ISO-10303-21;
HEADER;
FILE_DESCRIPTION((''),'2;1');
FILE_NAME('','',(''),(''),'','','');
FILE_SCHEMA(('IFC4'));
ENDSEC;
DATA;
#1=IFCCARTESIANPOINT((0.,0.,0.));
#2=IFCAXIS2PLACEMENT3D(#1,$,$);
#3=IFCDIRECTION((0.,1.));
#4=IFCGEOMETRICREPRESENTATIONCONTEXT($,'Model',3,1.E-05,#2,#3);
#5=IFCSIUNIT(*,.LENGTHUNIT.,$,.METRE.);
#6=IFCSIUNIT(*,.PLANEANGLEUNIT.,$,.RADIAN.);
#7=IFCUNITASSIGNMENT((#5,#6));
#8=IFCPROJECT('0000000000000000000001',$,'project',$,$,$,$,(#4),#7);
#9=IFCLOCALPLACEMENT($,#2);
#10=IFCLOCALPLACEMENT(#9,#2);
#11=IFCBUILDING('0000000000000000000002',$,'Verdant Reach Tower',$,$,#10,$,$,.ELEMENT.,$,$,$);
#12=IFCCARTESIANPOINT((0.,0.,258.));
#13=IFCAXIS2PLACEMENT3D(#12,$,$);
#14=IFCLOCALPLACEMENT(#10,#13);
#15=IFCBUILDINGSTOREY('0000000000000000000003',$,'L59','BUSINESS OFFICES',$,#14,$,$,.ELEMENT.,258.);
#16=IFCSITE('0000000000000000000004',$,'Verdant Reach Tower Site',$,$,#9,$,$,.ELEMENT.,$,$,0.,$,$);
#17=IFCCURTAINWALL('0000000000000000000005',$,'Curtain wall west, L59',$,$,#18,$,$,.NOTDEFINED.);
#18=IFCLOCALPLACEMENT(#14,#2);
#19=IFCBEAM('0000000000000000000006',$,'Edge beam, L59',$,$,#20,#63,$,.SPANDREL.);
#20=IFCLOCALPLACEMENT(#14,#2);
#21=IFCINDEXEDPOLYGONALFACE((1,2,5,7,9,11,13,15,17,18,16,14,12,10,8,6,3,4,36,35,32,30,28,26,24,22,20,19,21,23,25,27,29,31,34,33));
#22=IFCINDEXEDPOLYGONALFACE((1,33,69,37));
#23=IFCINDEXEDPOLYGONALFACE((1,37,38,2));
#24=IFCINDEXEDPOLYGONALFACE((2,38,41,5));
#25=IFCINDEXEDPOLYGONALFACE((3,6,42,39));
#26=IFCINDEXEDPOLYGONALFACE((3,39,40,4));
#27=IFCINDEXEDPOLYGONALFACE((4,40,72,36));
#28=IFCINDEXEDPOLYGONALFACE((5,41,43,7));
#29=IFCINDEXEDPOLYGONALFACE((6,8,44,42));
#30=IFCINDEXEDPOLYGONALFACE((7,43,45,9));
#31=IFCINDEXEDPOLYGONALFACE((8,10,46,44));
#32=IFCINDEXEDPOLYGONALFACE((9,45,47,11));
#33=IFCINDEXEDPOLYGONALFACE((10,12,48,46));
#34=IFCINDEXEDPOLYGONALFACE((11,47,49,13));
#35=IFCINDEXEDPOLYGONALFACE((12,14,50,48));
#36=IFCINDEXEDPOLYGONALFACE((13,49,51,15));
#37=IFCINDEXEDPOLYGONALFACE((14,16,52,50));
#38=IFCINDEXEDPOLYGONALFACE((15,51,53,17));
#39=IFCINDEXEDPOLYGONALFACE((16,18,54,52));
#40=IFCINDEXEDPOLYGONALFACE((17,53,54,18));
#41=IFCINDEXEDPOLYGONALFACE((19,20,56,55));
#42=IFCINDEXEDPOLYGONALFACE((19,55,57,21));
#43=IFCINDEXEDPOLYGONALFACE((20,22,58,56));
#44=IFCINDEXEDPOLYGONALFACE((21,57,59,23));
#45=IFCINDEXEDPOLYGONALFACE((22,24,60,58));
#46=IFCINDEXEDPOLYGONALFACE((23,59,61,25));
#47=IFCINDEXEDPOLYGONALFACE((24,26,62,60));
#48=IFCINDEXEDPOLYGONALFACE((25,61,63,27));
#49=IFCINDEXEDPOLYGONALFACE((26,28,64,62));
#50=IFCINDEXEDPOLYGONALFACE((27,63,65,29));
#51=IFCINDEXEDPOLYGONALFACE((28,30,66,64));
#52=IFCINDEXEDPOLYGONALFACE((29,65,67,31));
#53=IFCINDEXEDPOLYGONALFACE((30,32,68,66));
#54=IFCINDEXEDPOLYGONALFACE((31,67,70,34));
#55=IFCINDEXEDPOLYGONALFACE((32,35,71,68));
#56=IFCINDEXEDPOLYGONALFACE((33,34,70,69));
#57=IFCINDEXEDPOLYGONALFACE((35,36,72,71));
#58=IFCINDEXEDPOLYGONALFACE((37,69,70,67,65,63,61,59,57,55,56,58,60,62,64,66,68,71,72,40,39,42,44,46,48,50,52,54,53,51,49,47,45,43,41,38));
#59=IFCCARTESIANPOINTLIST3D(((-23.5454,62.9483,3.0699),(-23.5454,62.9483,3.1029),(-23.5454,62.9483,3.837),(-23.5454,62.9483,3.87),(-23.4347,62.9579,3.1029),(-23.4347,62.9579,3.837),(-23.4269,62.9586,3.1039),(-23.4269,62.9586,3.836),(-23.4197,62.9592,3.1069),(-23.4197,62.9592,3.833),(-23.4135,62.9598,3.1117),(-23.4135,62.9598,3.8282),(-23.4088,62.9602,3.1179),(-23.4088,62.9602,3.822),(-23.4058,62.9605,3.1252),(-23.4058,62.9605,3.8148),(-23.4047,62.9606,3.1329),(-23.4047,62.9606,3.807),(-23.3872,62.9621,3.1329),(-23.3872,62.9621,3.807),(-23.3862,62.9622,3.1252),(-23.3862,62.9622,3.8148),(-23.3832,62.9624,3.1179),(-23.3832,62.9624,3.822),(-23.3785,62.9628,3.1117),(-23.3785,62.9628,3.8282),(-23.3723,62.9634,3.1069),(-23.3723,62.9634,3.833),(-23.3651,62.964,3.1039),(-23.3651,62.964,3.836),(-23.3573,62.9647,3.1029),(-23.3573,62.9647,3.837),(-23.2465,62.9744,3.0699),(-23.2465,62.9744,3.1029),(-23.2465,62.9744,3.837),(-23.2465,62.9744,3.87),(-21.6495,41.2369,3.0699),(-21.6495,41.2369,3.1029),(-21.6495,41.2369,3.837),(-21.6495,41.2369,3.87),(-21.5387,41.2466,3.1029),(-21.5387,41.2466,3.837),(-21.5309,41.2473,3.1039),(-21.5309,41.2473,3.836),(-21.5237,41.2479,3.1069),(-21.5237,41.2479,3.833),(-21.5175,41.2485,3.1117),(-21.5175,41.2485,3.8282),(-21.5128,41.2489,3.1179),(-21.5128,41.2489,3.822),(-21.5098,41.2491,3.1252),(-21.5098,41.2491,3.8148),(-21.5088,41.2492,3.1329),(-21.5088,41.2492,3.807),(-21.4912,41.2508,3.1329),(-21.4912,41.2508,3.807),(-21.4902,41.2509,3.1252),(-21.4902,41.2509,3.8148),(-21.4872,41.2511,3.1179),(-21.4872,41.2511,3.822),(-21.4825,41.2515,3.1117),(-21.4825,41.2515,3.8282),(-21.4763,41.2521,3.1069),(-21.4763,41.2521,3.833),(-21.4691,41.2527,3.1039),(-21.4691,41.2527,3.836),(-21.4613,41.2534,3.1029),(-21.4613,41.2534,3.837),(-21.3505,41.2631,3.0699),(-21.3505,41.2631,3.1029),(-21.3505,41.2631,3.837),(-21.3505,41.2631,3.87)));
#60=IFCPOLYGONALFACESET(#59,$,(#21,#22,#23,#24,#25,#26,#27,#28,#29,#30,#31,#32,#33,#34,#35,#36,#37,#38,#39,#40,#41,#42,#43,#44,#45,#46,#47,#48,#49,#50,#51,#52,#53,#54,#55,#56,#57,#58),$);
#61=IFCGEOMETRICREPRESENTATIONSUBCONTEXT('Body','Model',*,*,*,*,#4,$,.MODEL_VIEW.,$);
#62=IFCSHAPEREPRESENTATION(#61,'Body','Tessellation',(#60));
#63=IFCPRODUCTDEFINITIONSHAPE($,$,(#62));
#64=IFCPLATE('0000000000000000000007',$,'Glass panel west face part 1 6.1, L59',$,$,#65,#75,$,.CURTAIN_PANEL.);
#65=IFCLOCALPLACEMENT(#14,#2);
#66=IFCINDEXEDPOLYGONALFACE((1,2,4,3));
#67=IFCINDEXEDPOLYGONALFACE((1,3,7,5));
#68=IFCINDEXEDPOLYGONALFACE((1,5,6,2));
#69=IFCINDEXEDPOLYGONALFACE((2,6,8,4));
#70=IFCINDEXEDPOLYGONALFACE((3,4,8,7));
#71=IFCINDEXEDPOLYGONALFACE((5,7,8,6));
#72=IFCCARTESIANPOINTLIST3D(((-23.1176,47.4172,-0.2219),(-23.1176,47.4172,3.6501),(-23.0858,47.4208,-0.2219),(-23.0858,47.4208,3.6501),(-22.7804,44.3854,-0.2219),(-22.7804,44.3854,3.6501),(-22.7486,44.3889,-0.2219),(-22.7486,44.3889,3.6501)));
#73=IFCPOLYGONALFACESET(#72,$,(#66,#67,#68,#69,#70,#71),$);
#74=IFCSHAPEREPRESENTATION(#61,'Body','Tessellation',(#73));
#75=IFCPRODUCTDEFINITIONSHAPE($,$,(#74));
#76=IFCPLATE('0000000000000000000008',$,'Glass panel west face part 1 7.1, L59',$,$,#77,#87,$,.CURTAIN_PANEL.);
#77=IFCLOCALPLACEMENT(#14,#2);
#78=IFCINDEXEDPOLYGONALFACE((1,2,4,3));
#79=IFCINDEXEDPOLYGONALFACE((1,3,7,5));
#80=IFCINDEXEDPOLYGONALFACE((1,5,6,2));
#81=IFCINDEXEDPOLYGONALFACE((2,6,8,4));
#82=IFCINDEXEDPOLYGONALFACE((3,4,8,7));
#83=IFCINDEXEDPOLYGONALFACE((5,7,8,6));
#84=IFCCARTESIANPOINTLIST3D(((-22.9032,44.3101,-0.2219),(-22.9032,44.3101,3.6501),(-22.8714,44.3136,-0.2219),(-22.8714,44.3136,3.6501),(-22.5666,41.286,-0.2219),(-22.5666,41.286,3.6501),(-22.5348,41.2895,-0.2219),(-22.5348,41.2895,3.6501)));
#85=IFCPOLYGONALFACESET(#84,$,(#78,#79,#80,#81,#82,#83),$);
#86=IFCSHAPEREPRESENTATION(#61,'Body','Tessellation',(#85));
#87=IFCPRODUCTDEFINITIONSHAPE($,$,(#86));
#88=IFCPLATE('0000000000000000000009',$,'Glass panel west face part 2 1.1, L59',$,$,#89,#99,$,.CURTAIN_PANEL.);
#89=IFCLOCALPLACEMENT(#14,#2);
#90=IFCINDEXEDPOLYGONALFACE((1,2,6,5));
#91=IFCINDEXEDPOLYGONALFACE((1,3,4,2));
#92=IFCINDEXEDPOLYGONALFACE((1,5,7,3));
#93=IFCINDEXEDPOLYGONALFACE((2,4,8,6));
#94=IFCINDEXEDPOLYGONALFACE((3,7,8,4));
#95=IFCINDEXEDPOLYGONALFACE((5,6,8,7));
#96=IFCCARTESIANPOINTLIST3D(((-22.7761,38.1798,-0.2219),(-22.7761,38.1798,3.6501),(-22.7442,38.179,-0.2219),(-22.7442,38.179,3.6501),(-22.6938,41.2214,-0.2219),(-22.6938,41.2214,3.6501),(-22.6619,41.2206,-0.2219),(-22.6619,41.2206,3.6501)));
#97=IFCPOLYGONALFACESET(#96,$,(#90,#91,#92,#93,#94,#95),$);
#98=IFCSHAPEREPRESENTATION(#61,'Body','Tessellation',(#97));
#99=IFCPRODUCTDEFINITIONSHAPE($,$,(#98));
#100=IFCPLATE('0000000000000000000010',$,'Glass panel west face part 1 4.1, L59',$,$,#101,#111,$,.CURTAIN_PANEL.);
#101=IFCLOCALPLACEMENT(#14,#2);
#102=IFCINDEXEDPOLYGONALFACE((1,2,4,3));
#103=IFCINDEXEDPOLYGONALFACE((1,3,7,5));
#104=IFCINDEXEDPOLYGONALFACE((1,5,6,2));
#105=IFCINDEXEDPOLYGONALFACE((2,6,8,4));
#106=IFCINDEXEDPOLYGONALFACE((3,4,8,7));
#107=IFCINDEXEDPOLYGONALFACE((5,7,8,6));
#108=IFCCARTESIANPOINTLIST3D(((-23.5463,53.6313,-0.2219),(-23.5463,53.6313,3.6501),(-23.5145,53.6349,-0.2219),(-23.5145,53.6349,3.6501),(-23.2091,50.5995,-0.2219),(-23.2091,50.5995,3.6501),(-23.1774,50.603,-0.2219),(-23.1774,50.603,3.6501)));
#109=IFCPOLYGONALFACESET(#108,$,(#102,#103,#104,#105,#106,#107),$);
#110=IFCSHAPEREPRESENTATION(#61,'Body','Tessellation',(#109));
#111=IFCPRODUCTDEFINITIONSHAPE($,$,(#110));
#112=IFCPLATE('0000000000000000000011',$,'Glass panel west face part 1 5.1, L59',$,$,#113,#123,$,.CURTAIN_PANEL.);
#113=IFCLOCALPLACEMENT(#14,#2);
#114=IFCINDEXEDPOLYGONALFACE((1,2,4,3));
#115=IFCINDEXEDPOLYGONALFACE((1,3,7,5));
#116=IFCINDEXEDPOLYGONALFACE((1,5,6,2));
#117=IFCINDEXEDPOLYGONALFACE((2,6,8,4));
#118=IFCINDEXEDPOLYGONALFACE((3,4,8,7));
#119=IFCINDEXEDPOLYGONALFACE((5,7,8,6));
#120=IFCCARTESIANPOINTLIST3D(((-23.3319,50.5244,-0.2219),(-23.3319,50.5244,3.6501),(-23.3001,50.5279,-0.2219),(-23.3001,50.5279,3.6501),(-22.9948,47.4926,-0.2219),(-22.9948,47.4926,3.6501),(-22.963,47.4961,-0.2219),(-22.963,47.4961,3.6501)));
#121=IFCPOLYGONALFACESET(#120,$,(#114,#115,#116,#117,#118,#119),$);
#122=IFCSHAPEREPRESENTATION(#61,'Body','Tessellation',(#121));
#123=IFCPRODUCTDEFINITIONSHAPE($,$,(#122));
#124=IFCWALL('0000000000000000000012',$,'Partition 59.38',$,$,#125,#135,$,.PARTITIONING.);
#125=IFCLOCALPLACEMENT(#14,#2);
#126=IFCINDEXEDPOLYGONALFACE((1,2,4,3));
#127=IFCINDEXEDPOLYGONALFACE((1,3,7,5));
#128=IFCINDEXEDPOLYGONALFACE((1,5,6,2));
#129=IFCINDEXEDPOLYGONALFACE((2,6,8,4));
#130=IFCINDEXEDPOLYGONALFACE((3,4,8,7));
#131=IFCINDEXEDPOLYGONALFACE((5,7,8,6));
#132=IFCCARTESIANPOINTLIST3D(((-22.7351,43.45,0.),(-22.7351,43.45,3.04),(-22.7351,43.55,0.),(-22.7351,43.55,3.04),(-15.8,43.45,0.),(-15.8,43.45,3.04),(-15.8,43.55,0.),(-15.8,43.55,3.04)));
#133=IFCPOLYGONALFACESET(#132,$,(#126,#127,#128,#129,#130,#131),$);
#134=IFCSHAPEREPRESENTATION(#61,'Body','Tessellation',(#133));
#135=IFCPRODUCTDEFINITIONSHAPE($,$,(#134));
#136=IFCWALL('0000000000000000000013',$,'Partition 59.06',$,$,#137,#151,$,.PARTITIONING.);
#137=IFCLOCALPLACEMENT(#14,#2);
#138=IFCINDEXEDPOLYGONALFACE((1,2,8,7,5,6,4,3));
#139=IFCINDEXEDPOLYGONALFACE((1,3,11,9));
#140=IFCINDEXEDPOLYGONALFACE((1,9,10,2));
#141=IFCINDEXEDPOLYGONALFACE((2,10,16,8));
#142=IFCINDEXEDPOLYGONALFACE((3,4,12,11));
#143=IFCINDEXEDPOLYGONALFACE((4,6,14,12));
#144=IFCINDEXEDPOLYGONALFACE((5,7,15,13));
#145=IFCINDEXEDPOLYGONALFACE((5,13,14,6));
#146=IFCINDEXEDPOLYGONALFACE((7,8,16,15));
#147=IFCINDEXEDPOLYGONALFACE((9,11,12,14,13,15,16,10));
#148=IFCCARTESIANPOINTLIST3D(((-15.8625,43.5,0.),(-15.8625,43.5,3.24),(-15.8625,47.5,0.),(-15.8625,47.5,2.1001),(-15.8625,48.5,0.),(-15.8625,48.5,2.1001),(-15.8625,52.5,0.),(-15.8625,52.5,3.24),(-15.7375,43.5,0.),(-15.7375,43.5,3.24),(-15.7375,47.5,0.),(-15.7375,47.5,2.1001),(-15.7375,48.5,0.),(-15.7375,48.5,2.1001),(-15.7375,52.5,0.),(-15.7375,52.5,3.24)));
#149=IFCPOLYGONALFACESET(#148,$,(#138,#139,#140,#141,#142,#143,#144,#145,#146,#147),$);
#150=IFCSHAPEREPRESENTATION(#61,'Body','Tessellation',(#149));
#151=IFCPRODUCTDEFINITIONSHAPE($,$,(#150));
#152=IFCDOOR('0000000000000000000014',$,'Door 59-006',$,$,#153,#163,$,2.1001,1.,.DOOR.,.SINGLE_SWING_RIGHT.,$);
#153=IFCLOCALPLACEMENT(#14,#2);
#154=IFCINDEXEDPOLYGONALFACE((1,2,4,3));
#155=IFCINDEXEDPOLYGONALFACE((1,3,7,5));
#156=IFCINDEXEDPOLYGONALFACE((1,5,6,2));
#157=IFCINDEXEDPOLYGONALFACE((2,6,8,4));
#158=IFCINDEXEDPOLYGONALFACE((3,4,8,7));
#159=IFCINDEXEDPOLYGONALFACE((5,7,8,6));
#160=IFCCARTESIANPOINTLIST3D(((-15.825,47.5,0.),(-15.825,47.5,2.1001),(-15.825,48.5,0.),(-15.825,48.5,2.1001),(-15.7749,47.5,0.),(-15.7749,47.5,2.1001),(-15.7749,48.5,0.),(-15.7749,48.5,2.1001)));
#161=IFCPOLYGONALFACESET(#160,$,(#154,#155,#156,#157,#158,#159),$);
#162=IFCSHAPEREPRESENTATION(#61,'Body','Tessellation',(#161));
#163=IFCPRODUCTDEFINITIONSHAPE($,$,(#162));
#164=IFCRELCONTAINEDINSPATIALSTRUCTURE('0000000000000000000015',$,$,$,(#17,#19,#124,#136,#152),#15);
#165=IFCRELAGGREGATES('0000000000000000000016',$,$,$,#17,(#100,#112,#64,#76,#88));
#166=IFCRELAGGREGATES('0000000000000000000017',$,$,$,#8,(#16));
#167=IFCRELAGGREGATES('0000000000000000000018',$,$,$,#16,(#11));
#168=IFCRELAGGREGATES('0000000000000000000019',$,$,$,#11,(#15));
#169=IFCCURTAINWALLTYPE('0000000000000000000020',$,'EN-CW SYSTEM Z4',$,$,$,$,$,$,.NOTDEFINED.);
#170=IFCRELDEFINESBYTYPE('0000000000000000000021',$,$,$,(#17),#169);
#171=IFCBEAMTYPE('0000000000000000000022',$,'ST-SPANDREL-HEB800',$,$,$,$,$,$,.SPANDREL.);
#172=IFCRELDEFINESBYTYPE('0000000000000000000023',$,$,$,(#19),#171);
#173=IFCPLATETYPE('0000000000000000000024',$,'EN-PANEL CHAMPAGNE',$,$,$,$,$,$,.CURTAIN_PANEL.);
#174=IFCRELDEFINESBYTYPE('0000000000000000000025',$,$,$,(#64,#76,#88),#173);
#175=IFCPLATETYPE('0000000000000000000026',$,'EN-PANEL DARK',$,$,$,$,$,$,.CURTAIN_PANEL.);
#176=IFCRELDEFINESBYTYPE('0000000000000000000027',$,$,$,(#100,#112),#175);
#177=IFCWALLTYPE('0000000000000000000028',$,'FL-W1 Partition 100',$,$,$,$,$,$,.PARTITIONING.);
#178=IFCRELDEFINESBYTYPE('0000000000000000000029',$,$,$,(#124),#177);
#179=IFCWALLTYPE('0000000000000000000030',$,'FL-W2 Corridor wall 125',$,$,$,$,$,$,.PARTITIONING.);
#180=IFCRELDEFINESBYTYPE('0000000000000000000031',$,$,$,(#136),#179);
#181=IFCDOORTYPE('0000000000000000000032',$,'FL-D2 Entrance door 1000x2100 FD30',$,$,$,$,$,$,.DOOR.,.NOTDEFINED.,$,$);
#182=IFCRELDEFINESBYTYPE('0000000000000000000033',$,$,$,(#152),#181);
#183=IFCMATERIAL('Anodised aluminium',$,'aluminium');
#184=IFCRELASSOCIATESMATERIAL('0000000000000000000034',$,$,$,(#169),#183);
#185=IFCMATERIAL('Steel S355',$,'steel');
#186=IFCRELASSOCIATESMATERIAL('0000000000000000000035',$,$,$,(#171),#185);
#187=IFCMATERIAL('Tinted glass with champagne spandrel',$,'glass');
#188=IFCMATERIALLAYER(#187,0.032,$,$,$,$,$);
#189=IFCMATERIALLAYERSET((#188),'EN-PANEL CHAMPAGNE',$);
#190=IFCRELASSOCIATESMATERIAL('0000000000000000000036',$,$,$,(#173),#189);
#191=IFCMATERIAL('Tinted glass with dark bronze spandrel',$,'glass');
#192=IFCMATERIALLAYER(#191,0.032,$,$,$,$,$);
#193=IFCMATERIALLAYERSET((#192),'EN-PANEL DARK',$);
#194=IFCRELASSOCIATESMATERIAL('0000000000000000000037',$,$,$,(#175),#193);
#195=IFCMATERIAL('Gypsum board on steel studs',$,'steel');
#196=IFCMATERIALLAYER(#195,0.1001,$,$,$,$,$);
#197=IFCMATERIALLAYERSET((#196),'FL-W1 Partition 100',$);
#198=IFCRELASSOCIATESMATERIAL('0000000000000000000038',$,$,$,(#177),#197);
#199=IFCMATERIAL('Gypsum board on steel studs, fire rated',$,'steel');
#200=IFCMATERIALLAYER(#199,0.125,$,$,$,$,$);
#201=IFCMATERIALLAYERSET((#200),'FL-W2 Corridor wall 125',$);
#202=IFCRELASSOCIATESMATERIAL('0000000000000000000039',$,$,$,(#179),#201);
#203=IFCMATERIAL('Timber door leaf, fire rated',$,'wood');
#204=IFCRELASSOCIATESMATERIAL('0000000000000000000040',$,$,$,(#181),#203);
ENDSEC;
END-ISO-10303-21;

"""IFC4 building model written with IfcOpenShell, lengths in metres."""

from ifc_helpers import new_model, si_unit, direction, frame, frame_2d, origin, origin_2d, place, context, subcontext, project, spatial, rectangle, i_section, extrude, material, layer, layer_set, material_profile, profile_set, type_object, element, fill, aggregate, save


model = new_model("IFC4")

# Units and contexts
model_context = context("Model", 3, precision=1e-05, world=origin(), true_north=direction((0.0, 1.0)))
body_context = subcontext(model_context, "Body", "Model", "MODEL_VIEW")
ifc_project = project(units=[si_unit("LENGTHUNIT", "METRE"), si_unit("PLANEANGLEUNIT", "RADIAN")], contexts=[model_context])

# Site, building, storey
site_placement = place(None, origin())
site = spatial("IfcSite", under=ifc_project, at=site_placement, Name="Verdant Reach Tower Site", CompositionType="ELEMENT", RefElevation=0.0)
building_placement = place(site_placement, origin())
building = spatial("IfcBuilding", under=site, at=building_placement, Name="Verdant Reach Tower", CompositionType="ELEMENT")
storey_placement = place(building_placement, frame((0.0, 0.0, 258.0)))
storey = spatial("IfcBuildingStorey", under=building, at=storey_placement, Name="L59", Description="BUSINESS OFFICES", CompositionType="ELEMENT", Elevation=258.0)

# Curtain wall
ifc_material_1 = material(Name="Anodised aluminium", Category="aluminium")
curtain_wall_type = type_object("IfcCurtainWallType", Name="EN-CW SYSTEM Z4", PredefinedType="NOTDEFINED", material=ifc_material_1)
curtain_wall_placement = place(storey_placement, origin())
curtain_wall = element("IfcCurtainWall", 1, at=curtain_wall_placement, inside=storey, type_object=curtain_wall_type, Name="Curtain wall west, L59", PredefinedType="NOTDEFINED")

# Beam
ifc_material_2 = material(Name="Steel S355", Category="steel")
ifc_material_profile_1 = material_profile(ifc_material_2, i_section(OverallWidth=0.3, OverallDepth=0.8, WebThickness=0.0176, FlangeThickness=0.033, FilletRadius=0.03, at=origin_2d()), Name="HEB 800")
ifc_profile_set_1 = profile_set([ifc_material_profile_1], Name="Steel S355")
beam_type_1 = type_object("IfcBeamType", Name="ST-SPANDREL-HEB800", PredefinedType="SPANDREL", material=ifc_profile_set_1)
beam_1_placement = place(storey_placement, frame((-21.5, 41.25, 3.47), z_axis=(-0.086996, 0.996209, 0.0), x_axis=(-0.996209, -0.086996, 0.0)))
element("IfcBeam", 2, at=beam_1_placement, inside=storey, type_object=beam_type_1, Name="Edge beam, L59", PredefinedType="SPANDREL", context=body_context, shape_type="SweptSolid", body=[
    extrude(i_section(OverallWidth=0.3, OverallDepth=0.8, WebThickness=0.0176, FlangeThickness=0.033, FilletRadius=0.03, at=origin_2d()), origin(), (0.0, 0.0, 1.0), 21.7939),
])

# Plates
ifc_material_3 = material(Name="Tinted glass with champagne spandrel", Category="glass")
ifc_layer_1 = layer(ifc_material_3, 0.032)
ifc_layer_set_1 = layer_set([ifc_layer_1], Name="EN-PANEL CHAMPAGNE")
plate_type_1 = type_object("IfcPlateType", Name="EN-PANEL CHAMPAGNE", PredefinedType="CURTAIN_PANEL", material=ifc_layer_set_1)
plate_1_placement = place(storey_placement, frame((-22.9331, 45.9031, -0.2219), z_axis=(0.0, 0.0, 1.0), x_axis=(0.110518, -0.993874, 0.0)))
plate_1 = element("IfcPlate", 3, at=plate_1_placement, type_object=plate_type_1, Name="Glass panel west face part 1 6.1, L59", PredefinedType="CURTAIN_PANEL", context=body_context, shape_type="SweptSolid", body=[
    extrude(rectangle(XDim=3.0505, YDim=0.032, at=origin_2d()), origin(), (0.0, 0.0, 1.0), 3.8721),
])
plate_2_placement = place(storey_placement, frame((-22.719, 42.7998, -0.2219), z_axis=(0.0, 0.0, 1.0), x_axis=(0.110603, -0.993865, 0.0)))
plate_2 = element("IfcPlate", 4, at=plate_2_placement, type_object=plate_type_1, Name="Glass panel west face part 1 7.1, L59", PredefinedType="CURTAIN_PANEL", context=body_context, shape_type="SweptSolid", body=[
    extrude(rectangle(XDim=3.0427, YDim=0.032, at=origin_2d()), origin(), (0.0, 0.0, 1.0), 3.8721),
])
plate_3_placement = place(storey_placement, frame((-22.719, 39.7002, -0.2219), z_axis=(0.0, 0.0, 1.0), x_axis=(-0.027051, -0.999634, 0.0)))
plate_3 = element("IfcPlate", 5, at=plate_3_placement, type_object=plate_type_1, Name="Glass panel west face part 2 1.1, L59", PredefinedType="CURTAIN_PANEL", context=body_context, shape_type="SweptSolid", body=[
    extrude(rectangle(XDim=3.0427, YDim=0.032, at=origin_2d()), origin(), (0.0, 0.0, 1.0), 3.8721),
])
ifc_material_4 = material(Name="Tinted glass with dark bronze spandrel", Category="glass")
ifc_layer_2 = layer(ifc_material_4, 0.032)
ifc_layer_set_2 = layer_set([ifc_layer_2], Name="EN-PANEL DARK")
plate_type_2 = type_object("IfcPlateType", Name="EN-PANEL DARK", PredefinedType="CURTAIN_PANEL", material=ifc_layer_set_2)
plate_4_placement = place(storey_placement, frame((-23.3618, 52.1172, -0.2219), z_axis=(0.0, 0.0, 1.0), x_axis=(0.110518, -0.993874, 0.0)))
plate_4 = element("IfcPlate", 6, at=plate_4_placement, type_object=plate_type_2, Name="Glass panel west face part 1 4.1, L59", PredefinedType="CURTAIN_PANEL", context=body_context, shape_type="SweptSolid", body=[
    extrude(rectangle(XDim=3.0505, YDim=0.032, at=origin_2d()), origin(), (0.0, 0.0, 1.0), 3.8721),
])
plate_5_placement = place(storey_placement, frame((-23.1475, 49.0103, -0.2219), z_axis=(0.0, 0.0, 1.0), x_axis=(0.110518, -0.993874, 0.0)))
plate_5 = element("IfcPlate", 7, at=plate_5_placement, type_object=plate_type_2, Name="Glass panel west face part 1 5.1, L59", PredefinedType="CURTAIN_PANEL", context=body_context, shape_type="SweptSolid", body=[
    extrude(rectangle(XDim=3.0505, YDim=0.032, at=origin_2d()), origin(), (0.0, 0.0, 1.0), 3.8721),
])
aggregate(curtain_wall, [plate_4, plate_5, plate_1, plate_2, plate_3])

# Wall
ifc_material_5 = material(Name="Gypsum board on steel studs", Category="steel")
ifc_layer_3 = layer(ifc_material_5, 0.1001)
ifc_layer_set_3 = layer_set([ifc_layer_3], Name="FL-W1 Partition 100")
wall_type_1 = type_object("IfcWallType", Name="FL-W1 Partition 100", PredefinedType="PARTITIONING", material=ifc_layer_set_3)
wall_1_placement = place(storey_placement, frame((-15.8, 43.5, 0.0), z_axis=(0.0, 0.0, 1.0), x_axis=(-1.0, 0.0, 0.0)))
element("IfcWall", 8, at=wall_1_placement, inside=storey, type_object=wall_type_1, Name="Partition 59.38", PredefinedType="PARTITIONING", context=body_context, shape_type="SweptSolid", body=[
    extrude(rectangle(XDim=6.9351, YDim=0.1001, at=frame_2d((3.4675, 0.0))), origin(), (0.0, 0.0, 1.0), 3.04),
])

# Wall, opening, door
ifc_material_6 = material(Name="Gypsum board on steel studs, fire rated", Category="steel")
ifc_layer_4 = layer(ifc_material_6, 0.125)
ifc_layer_set_4 = layer_set([ifc_layer_4], Name="FL-W2 Corridor wall 125")
wall_type_2 = type_object("IfcWallType", Name="FL-W2 Corridor wall 125", PredefinedType="PARTITIONING", material=ifc_layer_set_4)
wall_2_placement = place(storey_placement, frame((-15.8, 43.5, 0.0), z_axis=(0.0, 0.0, 1.0), x_axis=(0.0, 1.0, 0.0)))
wall_2 = element("IfcWall", 9, at=wall_2_placement, inside=storey, type_object=wall_type_2, Name="Partition 59.06", PredefinedType="PARTITIONING", context=body_context, shape_type="SweptSolid", body=[
    extrude(rectangle(XDim=9.0, YDim=0.125, at=frame_2d((4.5, 0.0))), origin(), (0.0, 0.0, 1.0), 3.24),
])
opening_1_placement = place(wall_2_placement, frame((4.0, 0.0, 0.0)))
opening_1 = element("IfcOpeningElement", 10, at=opening_1_placement, cuts=wall_2, PredefinedType="OPENING", context=body_context, shape_type="SweptSolid", body=[
    extrude(rectangle(XDim=1.0, YDim=2.1001, at=frame_2d((0.5, 1.05))), frame((0.0, 0.0725, 0.0), z_axis=(0.0, -1.0, 0.0), x_axis=(1.0, 0.0, 0.0)), (0.0, 0.0, 1.0), 0.145),
])
ifc_material_7 = material(Name="Timber door leaf, fire rated", Category="wood")
door_type = type_object("IfcDoorType", Name="FL-D2 Entrance door 1000x2100 FD30", OperationType="NOTDEFINED", PredefinedType="DOOR", material=ifc_material_7)
door_1_placement = place(opening_1_placement, origin())
door_1 = element("IfcDoor", 11, at=door_1_placement, inside=storey, type_object=door_type, Name="Door 59-006", OperationType="SINGLE_SWING_RIGHT", OverallHeight=2.1001, OverallWidth=1.0, PredefinedType="DOOR", context=body_context, shape_type="SweptSolid", body=[
    extrude(rectangle(XDim=1.0, YDim=2.1001, at=frame_2d((0.5, 1.05))), frame((0.0, 0.0249, 0.0), z_axis=(0.0, -1.0, 0.0), x_axis=(1.0, 0.0, 0.0)), (0.0, 0.0, 1.0), 0.05),
])
fill(opening_1, door_1)

save(model, "model.ifc")
